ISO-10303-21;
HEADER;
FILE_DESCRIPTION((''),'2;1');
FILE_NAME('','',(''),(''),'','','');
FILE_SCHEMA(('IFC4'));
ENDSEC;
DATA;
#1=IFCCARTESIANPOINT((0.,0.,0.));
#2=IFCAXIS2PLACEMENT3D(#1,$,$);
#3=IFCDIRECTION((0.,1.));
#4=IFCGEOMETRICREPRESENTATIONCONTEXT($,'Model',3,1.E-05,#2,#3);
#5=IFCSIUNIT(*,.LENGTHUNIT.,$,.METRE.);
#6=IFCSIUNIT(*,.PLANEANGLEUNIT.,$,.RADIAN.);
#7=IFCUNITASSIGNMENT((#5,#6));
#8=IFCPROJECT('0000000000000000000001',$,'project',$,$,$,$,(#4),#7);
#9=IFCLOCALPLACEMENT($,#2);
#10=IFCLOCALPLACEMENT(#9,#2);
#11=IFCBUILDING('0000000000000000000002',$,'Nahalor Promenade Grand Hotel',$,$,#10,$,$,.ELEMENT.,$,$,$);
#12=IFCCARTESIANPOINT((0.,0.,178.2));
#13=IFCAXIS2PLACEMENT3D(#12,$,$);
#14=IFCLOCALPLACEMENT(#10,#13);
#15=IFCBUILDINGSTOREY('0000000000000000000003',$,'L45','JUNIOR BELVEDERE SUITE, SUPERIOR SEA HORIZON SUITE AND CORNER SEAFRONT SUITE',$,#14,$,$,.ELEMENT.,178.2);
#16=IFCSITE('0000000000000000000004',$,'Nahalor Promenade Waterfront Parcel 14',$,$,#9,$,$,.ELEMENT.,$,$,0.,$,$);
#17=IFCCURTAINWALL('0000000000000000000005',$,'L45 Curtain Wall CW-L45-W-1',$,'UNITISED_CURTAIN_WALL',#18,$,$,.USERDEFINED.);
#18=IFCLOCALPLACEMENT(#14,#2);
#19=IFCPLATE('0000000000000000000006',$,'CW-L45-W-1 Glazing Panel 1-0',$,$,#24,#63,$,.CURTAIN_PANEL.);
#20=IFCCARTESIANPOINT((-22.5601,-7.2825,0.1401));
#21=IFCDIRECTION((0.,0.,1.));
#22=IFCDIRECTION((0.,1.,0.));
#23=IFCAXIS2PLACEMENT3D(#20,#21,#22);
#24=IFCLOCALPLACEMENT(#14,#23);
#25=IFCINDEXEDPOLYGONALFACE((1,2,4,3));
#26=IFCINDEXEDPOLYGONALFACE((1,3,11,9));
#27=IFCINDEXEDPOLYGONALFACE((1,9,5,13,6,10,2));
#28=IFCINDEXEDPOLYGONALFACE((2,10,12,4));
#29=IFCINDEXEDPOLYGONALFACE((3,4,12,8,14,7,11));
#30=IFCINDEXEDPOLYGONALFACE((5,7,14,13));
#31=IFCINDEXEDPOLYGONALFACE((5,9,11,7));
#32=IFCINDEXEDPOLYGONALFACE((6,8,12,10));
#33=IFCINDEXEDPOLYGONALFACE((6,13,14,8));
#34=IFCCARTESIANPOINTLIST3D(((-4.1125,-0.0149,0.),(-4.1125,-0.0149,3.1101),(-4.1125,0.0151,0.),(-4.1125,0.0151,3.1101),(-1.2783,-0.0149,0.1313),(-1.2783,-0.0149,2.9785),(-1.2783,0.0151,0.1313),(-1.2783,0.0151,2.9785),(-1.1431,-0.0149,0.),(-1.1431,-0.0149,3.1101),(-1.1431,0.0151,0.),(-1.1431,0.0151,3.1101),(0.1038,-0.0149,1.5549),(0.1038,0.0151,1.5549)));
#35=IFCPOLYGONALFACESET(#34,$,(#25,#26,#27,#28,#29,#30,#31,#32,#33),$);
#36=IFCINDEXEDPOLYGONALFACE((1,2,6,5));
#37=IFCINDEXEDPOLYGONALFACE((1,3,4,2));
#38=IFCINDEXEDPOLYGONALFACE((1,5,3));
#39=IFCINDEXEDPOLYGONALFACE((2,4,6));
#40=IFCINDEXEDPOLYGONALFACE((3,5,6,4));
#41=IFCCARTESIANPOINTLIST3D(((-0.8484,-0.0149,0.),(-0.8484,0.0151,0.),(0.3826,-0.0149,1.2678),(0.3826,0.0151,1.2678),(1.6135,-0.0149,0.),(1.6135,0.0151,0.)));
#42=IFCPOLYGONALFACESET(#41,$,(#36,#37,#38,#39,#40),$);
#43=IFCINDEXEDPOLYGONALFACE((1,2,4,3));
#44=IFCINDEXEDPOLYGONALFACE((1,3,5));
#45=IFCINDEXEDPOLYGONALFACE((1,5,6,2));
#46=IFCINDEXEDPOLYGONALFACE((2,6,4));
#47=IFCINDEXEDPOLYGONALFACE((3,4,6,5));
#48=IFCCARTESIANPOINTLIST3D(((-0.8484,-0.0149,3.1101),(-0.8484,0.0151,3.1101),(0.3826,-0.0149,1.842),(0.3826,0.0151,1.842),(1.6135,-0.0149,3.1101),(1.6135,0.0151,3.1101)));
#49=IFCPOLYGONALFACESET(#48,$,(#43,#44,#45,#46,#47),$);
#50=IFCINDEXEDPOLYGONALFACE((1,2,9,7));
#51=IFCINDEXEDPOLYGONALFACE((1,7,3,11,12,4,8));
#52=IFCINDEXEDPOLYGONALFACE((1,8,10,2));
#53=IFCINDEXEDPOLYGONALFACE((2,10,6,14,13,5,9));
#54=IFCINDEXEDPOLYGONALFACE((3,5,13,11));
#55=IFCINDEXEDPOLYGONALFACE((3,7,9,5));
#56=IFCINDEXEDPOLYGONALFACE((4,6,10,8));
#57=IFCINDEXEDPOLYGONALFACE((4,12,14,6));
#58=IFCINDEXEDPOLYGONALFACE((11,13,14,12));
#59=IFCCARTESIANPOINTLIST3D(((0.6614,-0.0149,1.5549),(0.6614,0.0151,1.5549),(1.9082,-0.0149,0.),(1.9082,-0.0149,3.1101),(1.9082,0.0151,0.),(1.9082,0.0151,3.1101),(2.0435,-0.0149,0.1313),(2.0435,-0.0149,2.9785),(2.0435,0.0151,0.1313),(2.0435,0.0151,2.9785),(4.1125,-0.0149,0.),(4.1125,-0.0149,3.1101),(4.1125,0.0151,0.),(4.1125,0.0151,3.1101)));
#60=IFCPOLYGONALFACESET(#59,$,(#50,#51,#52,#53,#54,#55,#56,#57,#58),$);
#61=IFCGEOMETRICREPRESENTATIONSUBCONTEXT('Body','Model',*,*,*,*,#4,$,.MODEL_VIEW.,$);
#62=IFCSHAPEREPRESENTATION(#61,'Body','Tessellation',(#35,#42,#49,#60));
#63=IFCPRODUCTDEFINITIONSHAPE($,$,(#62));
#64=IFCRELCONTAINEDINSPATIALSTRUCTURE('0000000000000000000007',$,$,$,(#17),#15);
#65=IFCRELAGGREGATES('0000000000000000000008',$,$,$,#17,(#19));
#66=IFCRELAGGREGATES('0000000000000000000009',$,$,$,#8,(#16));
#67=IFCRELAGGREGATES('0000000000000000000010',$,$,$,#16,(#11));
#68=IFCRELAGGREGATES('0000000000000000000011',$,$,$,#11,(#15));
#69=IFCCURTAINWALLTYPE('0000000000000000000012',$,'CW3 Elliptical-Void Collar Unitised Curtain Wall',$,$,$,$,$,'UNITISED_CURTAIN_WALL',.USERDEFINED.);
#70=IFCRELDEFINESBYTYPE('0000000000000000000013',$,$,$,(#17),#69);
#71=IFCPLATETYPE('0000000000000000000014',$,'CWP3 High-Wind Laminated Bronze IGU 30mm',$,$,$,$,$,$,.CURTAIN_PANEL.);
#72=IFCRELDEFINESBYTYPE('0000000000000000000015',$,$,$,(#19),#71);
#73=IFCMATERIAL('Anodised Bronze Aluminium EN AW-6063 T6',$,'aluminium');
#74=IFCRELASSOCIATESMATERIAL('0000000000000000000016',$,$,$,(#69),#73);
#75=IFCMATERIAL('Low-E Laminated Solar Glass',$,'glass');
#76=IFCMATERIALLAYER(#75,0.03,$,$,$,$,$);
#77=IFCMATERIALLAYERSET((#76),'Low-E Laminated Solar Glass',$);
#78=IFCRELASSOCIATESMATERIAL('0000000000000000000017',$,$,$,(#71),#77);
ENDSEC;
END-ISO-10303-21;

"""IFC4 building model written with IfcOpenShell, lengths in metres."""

from ifc_helpers import new_model, si_unit, direction, frame, origin, place, context, subcontext, project, spatial, polyline, outline, extrude, material, layer, layer_set, type_object, element, aggregate, save


model = new_model("IFC4")

# Units and contexts
model_context = context("Model", 3, precision=1e-05, world=origin(), true_north=direction((0.0, 1.0)))
body_context = subcontext(model_context, "Body", "Model", "MODEL_VIEW")
ifc_project = project(units=[si_unit("LENGTHUNIT", "METRE"), si_unit("PLANEANGLEUNIT", "RADIAN")], contexts=[model_context])

# Site, building, storey
site_placement = place(None, origin())
site = spatial("IfcSite", under=ifc_project, at=site_placement, Name="Nahalor Promenade Waterfront Parcel 14", CompositionType="ELEMENT", RefElevation=0.0)
building_placement = place(site_placement, origin())
building = spatial("IfcBuilding", under=site, at=building_placement, Name="Nahalor Promenade Grand Hotel", CompositionType="ELEMENT")
storey_placement = place(building_placement, frame((0.0, 0.0, 178.2)))
storey = spatial("IfcBuildingStorey", under=building, at=storey_placement, Name="L45", Description="JUNIOR BELVEDERE SUITE, SUPERIOR SEA HORIZON SUITE AND CORNER SEAFRONT SUITE", CompositionType="ELEMENT", Elevation=178.2)

# Curtain wall
ifc_material_1 = material(Name="Anodised Bronze Aluminium EN AW-6063 T6", Category="aluminium")
curtain_wall_type = type_object("IfcCurtainWallType", Name="CW3 Elliptical-Void Collar Unitised Curtain Wall", ElementType="UNITISED_CURTAIN_WALL", PredefinedType="USERDEFINED", material=ifc_material_1)
curtain_wall_1_placement = place(storey_placement, origin())
curtain_wall_1 = element("IfcCurtainWall", 1, at=curtain_wall_1_placement, inside=storey, type_object=curtain_wall_type, Name="L45 Curtain Wall CW-L45-W-1", ObjectType="UNITISED_CURTAIN_WALL", PredefinedType="USERDEFINED")

# Plate
ifc_material_2 = material(Name="Low-E Laminated Solar Glass", Category="glass")
ifc_layer_1 = layer(ifc_material_2, 0.03)
ifc_layer_set_1 = layer_set([ifc_layer_1], Name="Low-E Laminated Solar Glass")
plate_type_1 = type_object("IfcPlateType", Name="CWP3 High-Wind Laminated Bronze IGU 30mm", PredefinedType="CURTAIN_PANEL", material=ifc_layer_set_1)
plate_1_placement = place(storey_placement, frame((-22.5601, -7.2825, 0.1401), z_axis=(0.0, 0.0, 1.0), x_axis=(0.0, 1.0, 0.0)))
plate_1 = element("IfcPlate", 2, at=plate_1_placement, type_object=plate_type_1, Name="CW-L45-W-1 Glazing Panel 1-0", PredefinedType="CURTAIN_PANEL", context=body_context, shape_type="SweptSolid", body=[
    extrude(outline(polyline([(-4.1125, 3.1101), (-4.1125, 0.0), (-1.1431, 0.0), (-1.2783, 0.1313), (0.1038, 1.5549), (-1.2783, 2.9785), (-1.1431, 3.1101), (-4.1125, 3.1101)])), frame((0.0, 0.0151, 0.0), z_axis=(0.0, -1.0, 0.0), x_axis=(1.0, 0.0, 0.0)), (0.0, 0.0, 1.0), 0.03),
    extrude(outline(polyline([(0.3826, 1.2678), (-0.8484, 0.0), (1.6135, 0.0), (0.3826, 1.2678)])), frame((0.0, 0.0151, 0.0), z_axis=(0.0, -1.0, 0.0), x_axis=(1.0, 0.0, 0.0)), (0.0, 0.0, 1.0), 0.03),
    extrude(outline(polyline([(0.3826, 1.842), (1.6135, 3.1101), (-0.8484, 3.1101), (0.3826, 1.842)])), frame((0.0, 0.0151, 0.0), z_axis=(0.0, -1.0, 0.0), x_axis=(1.0, 0.0, 0.0)), (0.0, 0.0, 1.0), 0.03),
    extrude(outline(polyline([(4.1125, 0.0), (4.1125, 3.1101), (1.9082, 3.1101), (2.0435, 2.9785), (0.6614, 1.5549), (2.0435, 0.1313), (1.9082, 0.0), (4.1125, 0.0)])), frame((0.0, 0.0151, 0.0), z_axis=(0.0, -1.0, 0.0), x_axis=(1.0, 0.0, 0.0)), (0.0, 0.0, 1.0), 0.03),
])
aggregate(curtain_wall_1, [plate_1])

save(model, "model.ifc")
